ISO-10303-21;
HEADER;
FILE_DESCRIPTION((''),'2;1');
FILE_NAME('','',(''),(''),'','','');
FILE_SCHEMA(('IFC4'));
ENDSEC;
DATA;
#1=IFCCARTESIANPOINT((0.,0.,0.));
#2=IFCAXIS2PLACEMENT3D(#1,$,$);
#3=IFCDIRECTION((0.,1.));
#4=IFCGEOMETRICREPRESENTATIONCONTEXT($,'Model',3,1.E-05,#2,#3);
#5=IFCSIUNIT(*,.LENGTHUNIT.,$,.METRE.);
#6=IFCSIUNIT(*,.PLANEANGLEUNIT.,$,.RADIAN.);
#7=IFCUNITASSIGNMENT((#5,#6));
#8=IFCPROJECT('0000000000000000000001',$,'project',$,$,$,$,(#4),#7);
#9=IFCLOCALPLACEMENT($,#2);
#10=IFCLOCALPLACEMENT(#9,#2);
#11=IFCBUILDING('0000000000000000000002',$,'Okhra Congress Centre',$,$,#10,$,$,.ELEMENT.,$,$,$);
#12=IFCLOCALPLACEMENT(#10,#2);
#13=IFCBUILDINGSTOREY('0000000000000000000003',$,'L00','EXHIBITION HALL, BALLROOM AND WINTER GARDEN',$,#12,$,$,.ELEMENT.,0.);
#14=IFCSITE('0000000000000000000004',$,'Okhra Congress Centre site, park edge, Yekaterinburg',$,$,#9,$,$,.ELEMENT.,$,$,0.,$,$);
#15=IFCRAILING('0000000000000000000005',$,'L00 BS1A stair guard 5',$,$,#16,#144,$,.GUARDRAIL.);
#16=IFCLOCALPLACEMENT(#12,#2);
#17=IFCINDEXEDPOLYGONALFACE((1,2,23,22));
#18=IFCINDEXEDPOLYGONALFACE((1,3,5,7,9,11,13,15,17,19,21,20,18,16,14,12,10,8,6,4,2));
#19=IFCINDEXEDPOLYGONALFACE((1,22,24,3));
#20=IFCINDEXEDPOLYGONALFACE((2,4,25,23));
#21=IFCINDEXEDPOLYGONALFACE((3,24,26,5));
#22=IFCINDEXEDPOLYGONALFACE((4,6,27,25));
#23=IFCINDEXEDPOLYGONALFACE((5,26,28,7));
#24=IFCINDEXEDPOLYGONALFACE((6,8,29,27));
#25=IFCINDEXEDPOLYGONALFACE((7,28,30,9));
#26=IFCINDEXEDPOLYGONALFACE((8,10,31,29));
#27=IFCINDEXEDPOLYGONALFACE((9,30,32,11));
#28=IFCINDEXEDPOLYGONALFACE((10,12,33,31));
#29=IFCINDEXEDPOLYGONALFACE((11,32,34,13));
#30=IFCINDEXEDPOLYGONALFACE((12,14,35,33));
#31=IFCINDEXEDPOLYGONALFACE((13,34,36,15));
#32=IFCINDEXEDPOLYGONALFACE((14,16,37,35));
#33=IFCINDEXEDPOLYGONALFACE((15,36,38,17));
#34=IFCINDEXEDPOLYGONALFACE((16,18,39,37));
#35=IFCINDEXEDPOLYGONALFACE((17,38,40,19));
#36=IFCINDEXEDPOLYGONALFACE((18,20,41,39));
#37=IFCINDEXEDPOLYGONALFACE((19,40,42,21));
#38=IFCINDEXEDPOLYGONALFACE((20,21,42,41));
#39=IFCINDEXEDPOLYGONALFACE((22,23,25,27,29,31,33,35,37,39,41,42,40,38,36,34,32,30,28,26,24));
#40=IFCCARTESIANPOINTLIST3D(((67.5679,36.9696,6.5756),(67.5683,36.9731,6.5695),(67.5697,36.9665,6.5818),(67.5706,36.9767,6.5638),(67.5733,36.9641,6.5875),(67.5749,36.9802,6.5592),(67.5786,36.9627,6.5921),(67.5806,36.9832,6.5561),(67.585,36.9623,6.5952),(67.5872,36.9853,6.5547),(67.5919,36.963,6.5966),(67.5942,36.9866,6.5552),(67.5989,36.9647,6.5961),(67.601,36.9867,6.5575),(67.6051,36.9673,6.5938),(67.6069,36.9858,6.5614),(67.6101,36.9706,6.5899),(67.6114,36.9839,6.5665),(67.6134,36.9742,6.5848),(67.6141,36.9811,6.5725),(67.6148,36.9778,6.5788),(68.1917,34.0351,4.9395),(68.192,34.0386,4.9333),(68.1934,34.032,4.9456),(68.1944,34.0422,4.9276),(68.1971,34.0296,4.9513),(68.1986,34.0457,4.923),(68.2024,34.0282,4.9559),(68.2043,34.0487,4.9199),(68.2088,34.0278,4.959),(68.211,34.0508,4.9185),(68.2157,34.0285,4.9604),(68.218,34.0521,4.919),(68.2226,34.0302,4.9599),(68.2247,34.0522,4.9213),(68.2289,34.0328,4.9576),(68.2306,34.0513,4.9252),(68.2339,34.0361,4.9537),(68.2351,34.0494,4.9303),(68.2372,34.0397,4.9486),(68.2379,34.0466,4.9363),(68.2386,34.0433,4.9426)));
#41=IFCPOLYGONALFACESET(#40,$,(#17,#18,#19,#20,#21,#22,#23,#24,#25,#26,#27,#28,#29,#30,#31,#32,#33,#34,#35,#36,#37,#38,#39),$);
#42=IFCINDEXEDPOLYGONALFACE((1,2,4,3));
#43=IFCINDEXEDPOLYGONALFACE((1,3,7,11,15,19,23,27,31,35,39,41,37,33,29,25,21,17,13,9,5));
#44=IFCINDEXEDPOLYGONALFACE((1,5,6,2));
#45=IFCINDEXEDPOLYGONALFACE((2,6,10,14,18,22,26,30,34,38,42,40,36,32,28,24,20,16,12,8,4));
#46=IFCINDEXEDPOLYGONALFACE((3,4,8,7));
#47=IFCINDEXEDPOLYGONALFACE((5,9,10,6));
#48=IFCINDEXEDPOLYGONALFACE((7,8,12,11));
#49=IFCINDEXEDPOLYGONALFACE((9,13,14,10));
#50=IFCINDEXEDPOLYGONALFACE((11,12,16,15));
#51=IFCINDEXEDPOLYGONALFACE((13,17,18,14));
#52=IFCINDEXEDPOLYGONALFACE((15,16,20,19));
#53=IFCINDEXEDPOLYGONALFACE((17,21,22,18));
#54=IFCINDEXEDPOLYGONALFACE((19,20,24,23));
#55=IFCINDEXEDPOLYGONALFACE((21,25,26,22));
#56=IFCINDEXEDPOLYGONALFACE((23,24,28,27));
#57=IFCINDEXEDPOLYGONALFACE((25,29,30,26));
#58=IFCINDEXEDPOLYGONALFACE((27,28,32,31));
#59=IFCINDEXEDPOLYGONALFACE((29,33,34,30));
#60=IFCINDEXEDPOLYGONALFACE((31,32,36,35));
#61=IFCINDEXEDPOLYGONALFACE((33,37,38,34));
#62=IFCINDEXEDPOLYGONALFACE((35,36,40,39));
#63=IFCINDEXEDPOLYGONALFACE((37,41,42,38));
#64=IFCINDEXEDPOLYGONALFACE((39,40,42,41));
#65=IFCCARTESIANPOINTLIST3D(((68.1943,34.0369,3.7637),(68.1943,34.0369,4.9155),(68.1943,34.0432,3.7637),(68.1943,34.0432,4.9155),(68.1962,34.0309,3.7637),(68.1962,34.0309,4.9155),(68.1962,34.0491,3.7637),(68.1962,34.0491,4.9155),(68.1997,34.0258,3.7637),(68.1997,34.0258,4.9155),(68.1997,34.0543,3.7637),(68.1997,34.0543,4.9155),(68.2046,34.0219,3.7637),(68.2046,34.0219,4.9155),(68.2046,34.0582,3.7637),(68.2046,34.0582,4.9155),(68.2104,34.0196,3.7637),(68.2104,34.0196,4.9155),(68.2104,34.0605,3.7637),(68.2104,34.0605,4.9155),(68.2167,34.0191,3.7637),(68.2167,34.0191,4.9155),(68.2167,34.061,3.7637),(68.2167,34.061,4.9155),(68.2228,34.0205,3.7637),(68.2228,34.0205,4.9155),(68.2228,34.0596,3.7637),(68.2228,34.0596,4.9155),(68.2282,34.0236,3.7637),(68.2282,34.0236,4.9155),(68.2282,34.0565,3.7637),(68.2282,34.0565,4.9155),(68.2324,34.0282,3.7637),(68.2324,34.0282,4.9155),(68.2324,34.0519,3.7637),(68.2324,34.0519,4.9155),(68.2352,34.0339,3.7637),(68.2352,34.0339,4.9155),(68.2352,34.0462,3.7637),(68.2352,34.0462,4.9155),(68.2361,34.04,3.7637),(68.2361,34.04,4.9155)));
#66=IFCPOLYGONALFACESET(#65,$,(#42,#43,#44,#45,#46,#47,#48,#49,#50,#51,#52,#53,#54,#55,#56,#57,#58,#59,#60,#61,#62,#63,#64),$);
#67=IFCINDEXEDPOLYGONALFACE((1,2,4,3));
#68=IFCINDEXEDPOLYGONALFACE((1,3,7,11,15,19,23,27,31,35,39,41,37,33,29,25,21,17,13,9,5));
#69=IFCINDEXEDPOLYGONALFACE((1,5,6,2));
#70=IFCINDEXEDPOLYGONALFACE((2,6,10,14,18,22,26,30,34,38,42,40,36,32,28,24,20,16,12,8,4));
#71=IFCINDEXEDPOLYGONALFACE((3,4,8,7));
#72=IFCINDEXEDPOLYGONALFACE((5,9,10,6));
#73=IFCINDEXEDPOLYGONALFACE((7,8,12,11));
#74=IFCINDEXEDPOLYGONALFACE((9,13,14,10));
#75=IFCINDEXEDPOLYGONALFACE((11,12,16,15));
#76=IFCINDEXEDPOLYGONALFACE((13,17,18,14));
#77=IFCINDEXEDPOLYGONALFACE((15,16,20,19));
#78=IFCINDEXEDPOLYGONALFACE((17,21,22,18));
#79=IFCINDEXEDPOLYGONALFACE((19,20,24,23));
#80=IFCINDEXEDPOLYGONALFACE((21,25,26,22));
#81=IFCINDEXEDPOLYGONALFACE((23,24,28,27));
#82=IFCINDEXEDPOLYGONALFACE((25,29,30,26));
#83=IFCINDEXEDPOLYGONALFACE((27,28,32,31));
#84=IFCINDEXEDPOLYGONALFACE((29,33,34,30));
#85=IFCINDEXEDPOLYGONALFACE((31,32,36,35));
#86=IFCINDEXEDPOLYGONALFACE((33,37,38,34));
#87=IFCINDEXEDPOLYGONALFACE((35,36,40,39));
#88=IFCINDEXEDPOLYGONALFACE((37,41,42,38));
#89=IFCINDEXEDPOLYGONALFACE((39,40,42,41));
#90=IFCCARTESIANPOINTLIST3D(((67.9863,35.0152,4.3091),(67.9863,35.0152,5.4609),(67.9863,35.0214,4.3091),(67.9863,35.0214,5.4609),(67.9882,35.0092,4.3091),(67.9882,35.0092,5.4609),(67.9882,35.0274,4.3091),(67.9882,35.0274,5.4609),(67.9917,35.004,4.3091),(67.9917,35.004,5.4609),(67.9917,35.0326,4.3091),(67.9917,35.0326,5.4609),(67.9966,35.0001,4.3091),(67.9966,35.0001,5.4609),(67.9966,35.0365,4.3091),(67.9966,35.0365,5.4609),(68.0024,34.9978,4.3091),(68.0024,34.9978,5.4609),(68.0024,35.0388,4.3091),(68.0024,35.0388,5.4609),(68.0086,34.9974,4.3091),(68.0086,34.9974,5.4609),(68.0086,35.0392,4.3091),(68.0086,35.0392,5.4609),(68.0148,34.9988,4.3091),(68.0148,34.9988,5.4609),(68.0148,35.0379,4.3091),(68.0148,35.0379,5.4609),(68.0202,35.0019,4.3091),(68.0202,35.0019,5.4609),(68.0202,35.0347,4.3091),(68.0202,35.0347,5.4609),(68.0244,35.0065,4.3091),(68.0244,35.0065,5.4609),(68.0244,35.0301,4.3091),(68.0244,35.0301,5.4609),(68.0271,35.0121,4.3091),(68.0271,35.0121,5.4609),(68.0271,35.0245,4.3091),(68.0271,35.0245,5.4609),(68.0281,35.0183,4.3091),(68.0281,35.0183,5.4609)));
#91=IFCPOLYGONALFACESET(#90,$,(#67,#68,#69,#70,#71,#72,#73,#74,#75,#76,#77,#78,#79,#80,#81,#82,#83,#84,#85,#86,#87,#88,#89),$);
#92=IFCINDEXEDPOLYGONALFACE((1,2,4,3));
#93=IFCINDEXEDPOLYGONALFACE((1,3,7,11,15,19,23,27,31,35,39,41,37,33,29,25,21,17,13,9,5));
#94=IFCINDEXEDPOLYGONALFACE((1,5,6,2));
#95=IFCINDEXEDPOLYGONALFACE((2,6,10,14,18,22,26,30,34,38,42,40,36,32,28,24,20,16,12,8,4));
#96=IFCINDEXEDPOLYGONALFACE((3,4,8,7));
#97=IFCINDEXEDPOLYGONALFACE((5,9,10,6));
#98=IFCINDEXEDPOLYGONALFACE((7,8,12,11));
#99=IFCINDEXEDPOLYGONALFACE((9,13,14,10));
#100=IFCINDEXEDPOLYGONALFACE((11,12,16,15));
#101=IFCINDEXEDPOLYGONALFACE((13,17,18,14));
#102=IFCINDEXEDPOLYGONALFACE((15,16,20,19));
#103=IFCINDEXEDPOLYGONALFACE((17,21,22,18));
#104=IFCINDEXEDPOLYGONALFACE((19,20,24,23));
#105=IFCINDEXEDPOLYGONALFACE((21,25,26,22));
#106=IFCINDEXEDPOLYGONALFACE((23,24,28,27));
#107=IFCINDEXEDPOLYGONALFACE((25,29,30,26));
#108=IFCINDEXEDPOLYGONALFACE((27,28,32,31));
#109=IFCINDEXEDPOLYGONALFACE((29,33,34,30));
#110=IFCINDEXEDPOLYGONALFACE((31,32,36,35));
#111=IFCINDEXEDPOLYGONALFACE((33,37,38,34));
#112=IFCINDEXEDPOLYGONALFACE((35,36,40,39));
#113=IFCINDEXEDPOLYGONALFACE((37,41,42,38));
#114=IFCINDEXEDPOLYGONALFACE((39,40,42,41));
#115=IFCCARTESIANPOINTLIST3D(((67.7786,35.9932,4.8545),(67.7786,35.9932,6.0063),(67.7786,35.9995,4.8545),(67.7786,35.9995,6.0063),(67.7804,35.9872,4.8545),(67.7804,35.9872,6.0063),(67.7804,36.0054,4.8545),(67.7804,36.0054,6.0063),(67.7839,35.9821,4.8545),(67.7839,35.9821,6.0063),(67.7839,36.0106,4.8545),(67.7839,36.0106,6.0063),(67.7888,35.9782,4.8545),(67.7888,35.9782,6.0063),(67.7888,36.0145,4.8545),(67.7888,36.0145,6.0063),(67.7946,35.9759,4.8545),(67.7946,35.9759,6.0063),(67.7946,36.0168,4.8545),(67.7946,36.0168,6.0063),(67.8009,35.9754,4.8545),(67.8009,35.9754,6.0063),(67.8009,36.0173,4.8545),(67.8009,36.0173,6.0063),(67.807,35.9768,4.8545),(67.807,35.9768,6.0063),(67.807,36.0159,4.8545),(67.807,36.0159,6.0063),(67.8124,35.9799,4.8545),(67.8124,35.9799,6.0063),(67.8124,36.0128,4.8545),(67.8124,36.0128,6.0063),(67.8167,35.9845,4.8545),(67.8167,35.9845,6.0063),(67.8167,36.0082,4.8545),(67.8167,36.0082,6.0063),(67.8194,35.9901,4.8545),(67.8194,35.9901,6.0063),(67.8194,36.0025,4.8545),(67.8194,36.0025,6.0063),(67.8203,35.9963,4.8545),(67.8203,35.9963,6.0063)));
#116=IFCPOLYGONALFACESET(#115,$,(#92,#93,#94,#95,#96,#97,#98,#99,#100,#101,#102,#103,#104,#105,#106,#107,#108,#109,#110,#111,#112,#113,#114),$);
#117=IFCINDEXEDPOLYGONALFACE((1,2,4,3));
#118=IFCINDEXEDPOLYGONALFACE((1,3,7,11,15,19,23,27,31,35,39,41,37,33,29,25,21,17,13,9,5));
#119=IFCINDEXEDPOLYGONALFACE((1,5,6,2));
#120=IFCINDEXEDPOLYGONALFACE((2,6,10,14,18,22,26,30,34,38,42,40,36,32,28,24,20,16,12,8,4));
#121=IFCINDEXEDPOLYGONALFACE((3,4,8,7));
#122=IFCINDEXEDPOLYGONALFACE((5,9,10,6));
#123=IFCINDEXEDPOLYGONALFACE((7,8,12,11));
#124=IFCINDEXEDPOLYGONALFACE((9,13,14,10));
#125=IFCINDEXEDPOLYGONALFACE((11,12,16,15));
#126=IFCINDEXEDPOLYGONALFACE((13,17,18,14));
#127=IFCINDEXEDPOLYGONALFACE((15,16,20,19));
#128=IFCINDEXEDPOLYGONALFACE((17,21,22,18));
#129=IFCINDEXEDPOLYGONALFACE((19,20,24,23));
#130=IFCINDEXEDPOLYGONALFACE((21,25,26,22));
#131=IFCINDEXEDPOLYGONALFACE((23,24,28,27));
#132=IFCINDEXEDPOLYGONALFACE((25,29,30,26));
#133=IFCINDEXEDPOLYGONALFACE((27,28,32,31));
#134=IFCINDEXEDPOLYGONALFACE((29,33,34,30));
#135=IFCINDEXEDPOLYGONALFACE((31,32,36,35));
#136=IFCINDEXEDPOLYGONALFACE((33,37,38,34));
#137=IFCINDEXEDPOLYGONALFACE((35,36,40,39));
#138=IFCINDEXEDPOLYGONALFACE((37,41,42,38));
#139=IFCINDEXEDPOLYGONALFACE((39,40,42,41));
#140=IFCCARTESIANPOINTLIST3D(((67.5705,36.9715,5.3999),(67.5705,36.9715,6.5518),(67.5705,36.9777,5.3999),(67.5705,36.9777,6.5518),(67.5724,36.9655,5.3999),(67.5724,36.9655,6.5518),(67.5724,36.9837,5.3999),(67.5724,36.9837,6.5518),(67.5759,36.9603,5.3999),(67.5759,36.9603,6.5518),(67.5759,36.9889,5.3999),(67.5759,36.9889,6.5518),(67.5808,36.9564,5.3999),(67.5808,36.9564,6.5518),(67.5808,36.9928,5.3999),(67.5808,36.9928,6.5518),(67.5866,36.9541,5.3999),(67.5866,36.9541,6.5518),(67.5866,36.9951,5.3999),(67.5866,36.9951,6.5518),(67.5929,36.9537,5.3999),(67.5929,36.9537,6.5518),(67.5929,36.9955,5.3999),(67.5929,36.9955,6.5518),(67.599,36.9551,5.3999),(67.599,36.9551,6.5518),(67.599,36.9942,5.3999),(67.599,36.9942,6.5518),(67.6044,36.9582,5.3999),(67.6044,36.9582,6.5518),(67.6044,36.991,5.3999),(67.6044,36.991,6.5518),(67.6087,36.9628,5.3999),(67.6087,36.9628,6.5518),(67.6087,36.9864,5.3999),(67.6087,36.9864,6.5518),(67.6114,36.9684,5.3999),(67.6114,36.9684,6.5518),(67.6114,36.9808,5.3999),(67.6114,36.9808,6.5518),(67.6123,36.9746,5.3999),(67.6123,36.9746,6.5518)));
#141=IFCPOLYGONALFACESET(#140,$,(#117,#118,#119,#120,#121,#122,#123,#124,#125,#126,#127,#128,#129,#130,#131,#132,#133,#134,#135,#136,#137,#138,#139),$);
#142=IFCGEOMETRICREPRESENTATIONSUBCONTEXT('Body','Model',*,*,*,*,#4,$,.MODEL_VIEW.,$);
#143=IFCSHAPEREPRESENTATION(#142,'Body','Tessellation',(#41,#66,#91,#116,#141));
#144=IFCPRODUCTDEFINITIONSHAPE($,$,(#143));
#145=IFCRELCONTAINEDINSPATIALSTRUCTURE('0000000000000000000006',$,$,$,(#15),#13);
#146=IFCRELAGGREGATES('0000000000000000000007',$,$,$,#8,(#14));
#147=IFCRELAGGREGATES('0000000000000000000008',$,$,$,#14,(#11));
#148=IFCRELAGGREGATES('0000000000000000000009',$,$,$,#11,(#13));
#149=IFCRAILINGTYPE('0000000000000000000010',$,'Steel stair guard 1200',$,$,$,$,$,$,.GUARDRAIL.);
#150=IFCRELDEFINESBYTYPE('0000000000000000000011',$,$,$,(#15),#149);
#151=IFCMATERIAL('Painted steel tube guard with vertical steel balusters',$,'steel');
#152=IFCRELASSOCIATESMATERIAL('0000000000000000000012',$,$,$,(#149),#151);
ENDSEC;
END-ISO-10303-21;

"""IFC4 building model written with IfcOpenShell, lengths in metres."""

from ifc_helpers import new_model, si_unit, direction, frame, origin, origin_2d, place, context, subcontext, project, spatial, circle, extrude, material, type_object, element, save


model = new_model("IFC4")

# Units and contexts
model_context = context("Model", 3, precision=1e-05, world=origin(), true_north=direction((0.0, 1.0)))
body_context = subcontext(model_context, "Body", "Model", "MODEL_VIEW")
ifc_project = project(units=[si_unit("LENGTHUNIT", "METRE"), si_unit("PLANEANGLEUNIT", "RADIAN")], contexts=[model_context])

# Site, building, storey
site_placement = place(None, origin())
site = spatial("IfcSite", under=ifc_project, at=site_placement, Name="Okhra Congress Centre site, park edge, Yekaterinburg", CompositionType="ELEMENT", RefElevation=0.0)
building_placement = place(site_placement, origin())
building = spatial("IfcBuilding", under=site, at=building_placement, Name="Okhra Congress Centre", CompositionType="ELEMENT")
storey_placement = place(building_placement, origin())
storey = spatial("IfcBuildingStorey", under=building, at=storey_placement, Name="L00", Description="EXHIBITION HALL, BALLROOM AND WINTER GARDEN", CompositionType="ELEMENT", Elevation=0.0)

# Railing
ifc_material_1 = material(Name="Painted steel tube guard with vertical steel balusters", Category="steel")
railing_type_1 = type_object("IfcRailingType", Name="Steel stair guard 1200", PredefinedType="GUARDRAIL", material=ifc_material_1)
railing_1_placement = place(storey_placement, frame((68.2151, 34.04, 3.7637)))
element("IfcRailing", 1, at=railing_1_placement, inside=storey, type_object=railing_type_1, Name="L00 BS1A stair guard 5", PredefinedType="GUARDRAIL", context=body_context, shape_type="SweptSolid", body=[
    extrude(circle(Radius=0.0239, at=origin_2d()), frame((0.0, 0.0, 1.1758), z_axis=(-0.182535, 0.858735, 0.478806), x_axis=(-0.978146, -0.207917, 0.0)), (0.0, 0.0, 1.0), 3.4172),
    extrude(circle(Radius=0.021, at=origin_2d()), origin(), (0.0, 0.0, 1.0), 1.1519),
    extrude(circle(Radius=0.021, at=origin_2d()), frame((-0.208, 0.9783, 0.5454)), (0.0, 0.0, 1.0), 1.1519),
    extrude(circle(Radius=0.021, at=origin_2d()), frame((-0.4158, 1.9563, 1.0908)), (0.0, 0.0, 1.0), 1.1519),
    extrude(circle(Radius=0.021, at=origin_2d()), frame((-0.6238, 2.9346, 1.6362)), (0.0, 0.0, 1.0), 1.1519),
])

save(model, "model.ifc")
